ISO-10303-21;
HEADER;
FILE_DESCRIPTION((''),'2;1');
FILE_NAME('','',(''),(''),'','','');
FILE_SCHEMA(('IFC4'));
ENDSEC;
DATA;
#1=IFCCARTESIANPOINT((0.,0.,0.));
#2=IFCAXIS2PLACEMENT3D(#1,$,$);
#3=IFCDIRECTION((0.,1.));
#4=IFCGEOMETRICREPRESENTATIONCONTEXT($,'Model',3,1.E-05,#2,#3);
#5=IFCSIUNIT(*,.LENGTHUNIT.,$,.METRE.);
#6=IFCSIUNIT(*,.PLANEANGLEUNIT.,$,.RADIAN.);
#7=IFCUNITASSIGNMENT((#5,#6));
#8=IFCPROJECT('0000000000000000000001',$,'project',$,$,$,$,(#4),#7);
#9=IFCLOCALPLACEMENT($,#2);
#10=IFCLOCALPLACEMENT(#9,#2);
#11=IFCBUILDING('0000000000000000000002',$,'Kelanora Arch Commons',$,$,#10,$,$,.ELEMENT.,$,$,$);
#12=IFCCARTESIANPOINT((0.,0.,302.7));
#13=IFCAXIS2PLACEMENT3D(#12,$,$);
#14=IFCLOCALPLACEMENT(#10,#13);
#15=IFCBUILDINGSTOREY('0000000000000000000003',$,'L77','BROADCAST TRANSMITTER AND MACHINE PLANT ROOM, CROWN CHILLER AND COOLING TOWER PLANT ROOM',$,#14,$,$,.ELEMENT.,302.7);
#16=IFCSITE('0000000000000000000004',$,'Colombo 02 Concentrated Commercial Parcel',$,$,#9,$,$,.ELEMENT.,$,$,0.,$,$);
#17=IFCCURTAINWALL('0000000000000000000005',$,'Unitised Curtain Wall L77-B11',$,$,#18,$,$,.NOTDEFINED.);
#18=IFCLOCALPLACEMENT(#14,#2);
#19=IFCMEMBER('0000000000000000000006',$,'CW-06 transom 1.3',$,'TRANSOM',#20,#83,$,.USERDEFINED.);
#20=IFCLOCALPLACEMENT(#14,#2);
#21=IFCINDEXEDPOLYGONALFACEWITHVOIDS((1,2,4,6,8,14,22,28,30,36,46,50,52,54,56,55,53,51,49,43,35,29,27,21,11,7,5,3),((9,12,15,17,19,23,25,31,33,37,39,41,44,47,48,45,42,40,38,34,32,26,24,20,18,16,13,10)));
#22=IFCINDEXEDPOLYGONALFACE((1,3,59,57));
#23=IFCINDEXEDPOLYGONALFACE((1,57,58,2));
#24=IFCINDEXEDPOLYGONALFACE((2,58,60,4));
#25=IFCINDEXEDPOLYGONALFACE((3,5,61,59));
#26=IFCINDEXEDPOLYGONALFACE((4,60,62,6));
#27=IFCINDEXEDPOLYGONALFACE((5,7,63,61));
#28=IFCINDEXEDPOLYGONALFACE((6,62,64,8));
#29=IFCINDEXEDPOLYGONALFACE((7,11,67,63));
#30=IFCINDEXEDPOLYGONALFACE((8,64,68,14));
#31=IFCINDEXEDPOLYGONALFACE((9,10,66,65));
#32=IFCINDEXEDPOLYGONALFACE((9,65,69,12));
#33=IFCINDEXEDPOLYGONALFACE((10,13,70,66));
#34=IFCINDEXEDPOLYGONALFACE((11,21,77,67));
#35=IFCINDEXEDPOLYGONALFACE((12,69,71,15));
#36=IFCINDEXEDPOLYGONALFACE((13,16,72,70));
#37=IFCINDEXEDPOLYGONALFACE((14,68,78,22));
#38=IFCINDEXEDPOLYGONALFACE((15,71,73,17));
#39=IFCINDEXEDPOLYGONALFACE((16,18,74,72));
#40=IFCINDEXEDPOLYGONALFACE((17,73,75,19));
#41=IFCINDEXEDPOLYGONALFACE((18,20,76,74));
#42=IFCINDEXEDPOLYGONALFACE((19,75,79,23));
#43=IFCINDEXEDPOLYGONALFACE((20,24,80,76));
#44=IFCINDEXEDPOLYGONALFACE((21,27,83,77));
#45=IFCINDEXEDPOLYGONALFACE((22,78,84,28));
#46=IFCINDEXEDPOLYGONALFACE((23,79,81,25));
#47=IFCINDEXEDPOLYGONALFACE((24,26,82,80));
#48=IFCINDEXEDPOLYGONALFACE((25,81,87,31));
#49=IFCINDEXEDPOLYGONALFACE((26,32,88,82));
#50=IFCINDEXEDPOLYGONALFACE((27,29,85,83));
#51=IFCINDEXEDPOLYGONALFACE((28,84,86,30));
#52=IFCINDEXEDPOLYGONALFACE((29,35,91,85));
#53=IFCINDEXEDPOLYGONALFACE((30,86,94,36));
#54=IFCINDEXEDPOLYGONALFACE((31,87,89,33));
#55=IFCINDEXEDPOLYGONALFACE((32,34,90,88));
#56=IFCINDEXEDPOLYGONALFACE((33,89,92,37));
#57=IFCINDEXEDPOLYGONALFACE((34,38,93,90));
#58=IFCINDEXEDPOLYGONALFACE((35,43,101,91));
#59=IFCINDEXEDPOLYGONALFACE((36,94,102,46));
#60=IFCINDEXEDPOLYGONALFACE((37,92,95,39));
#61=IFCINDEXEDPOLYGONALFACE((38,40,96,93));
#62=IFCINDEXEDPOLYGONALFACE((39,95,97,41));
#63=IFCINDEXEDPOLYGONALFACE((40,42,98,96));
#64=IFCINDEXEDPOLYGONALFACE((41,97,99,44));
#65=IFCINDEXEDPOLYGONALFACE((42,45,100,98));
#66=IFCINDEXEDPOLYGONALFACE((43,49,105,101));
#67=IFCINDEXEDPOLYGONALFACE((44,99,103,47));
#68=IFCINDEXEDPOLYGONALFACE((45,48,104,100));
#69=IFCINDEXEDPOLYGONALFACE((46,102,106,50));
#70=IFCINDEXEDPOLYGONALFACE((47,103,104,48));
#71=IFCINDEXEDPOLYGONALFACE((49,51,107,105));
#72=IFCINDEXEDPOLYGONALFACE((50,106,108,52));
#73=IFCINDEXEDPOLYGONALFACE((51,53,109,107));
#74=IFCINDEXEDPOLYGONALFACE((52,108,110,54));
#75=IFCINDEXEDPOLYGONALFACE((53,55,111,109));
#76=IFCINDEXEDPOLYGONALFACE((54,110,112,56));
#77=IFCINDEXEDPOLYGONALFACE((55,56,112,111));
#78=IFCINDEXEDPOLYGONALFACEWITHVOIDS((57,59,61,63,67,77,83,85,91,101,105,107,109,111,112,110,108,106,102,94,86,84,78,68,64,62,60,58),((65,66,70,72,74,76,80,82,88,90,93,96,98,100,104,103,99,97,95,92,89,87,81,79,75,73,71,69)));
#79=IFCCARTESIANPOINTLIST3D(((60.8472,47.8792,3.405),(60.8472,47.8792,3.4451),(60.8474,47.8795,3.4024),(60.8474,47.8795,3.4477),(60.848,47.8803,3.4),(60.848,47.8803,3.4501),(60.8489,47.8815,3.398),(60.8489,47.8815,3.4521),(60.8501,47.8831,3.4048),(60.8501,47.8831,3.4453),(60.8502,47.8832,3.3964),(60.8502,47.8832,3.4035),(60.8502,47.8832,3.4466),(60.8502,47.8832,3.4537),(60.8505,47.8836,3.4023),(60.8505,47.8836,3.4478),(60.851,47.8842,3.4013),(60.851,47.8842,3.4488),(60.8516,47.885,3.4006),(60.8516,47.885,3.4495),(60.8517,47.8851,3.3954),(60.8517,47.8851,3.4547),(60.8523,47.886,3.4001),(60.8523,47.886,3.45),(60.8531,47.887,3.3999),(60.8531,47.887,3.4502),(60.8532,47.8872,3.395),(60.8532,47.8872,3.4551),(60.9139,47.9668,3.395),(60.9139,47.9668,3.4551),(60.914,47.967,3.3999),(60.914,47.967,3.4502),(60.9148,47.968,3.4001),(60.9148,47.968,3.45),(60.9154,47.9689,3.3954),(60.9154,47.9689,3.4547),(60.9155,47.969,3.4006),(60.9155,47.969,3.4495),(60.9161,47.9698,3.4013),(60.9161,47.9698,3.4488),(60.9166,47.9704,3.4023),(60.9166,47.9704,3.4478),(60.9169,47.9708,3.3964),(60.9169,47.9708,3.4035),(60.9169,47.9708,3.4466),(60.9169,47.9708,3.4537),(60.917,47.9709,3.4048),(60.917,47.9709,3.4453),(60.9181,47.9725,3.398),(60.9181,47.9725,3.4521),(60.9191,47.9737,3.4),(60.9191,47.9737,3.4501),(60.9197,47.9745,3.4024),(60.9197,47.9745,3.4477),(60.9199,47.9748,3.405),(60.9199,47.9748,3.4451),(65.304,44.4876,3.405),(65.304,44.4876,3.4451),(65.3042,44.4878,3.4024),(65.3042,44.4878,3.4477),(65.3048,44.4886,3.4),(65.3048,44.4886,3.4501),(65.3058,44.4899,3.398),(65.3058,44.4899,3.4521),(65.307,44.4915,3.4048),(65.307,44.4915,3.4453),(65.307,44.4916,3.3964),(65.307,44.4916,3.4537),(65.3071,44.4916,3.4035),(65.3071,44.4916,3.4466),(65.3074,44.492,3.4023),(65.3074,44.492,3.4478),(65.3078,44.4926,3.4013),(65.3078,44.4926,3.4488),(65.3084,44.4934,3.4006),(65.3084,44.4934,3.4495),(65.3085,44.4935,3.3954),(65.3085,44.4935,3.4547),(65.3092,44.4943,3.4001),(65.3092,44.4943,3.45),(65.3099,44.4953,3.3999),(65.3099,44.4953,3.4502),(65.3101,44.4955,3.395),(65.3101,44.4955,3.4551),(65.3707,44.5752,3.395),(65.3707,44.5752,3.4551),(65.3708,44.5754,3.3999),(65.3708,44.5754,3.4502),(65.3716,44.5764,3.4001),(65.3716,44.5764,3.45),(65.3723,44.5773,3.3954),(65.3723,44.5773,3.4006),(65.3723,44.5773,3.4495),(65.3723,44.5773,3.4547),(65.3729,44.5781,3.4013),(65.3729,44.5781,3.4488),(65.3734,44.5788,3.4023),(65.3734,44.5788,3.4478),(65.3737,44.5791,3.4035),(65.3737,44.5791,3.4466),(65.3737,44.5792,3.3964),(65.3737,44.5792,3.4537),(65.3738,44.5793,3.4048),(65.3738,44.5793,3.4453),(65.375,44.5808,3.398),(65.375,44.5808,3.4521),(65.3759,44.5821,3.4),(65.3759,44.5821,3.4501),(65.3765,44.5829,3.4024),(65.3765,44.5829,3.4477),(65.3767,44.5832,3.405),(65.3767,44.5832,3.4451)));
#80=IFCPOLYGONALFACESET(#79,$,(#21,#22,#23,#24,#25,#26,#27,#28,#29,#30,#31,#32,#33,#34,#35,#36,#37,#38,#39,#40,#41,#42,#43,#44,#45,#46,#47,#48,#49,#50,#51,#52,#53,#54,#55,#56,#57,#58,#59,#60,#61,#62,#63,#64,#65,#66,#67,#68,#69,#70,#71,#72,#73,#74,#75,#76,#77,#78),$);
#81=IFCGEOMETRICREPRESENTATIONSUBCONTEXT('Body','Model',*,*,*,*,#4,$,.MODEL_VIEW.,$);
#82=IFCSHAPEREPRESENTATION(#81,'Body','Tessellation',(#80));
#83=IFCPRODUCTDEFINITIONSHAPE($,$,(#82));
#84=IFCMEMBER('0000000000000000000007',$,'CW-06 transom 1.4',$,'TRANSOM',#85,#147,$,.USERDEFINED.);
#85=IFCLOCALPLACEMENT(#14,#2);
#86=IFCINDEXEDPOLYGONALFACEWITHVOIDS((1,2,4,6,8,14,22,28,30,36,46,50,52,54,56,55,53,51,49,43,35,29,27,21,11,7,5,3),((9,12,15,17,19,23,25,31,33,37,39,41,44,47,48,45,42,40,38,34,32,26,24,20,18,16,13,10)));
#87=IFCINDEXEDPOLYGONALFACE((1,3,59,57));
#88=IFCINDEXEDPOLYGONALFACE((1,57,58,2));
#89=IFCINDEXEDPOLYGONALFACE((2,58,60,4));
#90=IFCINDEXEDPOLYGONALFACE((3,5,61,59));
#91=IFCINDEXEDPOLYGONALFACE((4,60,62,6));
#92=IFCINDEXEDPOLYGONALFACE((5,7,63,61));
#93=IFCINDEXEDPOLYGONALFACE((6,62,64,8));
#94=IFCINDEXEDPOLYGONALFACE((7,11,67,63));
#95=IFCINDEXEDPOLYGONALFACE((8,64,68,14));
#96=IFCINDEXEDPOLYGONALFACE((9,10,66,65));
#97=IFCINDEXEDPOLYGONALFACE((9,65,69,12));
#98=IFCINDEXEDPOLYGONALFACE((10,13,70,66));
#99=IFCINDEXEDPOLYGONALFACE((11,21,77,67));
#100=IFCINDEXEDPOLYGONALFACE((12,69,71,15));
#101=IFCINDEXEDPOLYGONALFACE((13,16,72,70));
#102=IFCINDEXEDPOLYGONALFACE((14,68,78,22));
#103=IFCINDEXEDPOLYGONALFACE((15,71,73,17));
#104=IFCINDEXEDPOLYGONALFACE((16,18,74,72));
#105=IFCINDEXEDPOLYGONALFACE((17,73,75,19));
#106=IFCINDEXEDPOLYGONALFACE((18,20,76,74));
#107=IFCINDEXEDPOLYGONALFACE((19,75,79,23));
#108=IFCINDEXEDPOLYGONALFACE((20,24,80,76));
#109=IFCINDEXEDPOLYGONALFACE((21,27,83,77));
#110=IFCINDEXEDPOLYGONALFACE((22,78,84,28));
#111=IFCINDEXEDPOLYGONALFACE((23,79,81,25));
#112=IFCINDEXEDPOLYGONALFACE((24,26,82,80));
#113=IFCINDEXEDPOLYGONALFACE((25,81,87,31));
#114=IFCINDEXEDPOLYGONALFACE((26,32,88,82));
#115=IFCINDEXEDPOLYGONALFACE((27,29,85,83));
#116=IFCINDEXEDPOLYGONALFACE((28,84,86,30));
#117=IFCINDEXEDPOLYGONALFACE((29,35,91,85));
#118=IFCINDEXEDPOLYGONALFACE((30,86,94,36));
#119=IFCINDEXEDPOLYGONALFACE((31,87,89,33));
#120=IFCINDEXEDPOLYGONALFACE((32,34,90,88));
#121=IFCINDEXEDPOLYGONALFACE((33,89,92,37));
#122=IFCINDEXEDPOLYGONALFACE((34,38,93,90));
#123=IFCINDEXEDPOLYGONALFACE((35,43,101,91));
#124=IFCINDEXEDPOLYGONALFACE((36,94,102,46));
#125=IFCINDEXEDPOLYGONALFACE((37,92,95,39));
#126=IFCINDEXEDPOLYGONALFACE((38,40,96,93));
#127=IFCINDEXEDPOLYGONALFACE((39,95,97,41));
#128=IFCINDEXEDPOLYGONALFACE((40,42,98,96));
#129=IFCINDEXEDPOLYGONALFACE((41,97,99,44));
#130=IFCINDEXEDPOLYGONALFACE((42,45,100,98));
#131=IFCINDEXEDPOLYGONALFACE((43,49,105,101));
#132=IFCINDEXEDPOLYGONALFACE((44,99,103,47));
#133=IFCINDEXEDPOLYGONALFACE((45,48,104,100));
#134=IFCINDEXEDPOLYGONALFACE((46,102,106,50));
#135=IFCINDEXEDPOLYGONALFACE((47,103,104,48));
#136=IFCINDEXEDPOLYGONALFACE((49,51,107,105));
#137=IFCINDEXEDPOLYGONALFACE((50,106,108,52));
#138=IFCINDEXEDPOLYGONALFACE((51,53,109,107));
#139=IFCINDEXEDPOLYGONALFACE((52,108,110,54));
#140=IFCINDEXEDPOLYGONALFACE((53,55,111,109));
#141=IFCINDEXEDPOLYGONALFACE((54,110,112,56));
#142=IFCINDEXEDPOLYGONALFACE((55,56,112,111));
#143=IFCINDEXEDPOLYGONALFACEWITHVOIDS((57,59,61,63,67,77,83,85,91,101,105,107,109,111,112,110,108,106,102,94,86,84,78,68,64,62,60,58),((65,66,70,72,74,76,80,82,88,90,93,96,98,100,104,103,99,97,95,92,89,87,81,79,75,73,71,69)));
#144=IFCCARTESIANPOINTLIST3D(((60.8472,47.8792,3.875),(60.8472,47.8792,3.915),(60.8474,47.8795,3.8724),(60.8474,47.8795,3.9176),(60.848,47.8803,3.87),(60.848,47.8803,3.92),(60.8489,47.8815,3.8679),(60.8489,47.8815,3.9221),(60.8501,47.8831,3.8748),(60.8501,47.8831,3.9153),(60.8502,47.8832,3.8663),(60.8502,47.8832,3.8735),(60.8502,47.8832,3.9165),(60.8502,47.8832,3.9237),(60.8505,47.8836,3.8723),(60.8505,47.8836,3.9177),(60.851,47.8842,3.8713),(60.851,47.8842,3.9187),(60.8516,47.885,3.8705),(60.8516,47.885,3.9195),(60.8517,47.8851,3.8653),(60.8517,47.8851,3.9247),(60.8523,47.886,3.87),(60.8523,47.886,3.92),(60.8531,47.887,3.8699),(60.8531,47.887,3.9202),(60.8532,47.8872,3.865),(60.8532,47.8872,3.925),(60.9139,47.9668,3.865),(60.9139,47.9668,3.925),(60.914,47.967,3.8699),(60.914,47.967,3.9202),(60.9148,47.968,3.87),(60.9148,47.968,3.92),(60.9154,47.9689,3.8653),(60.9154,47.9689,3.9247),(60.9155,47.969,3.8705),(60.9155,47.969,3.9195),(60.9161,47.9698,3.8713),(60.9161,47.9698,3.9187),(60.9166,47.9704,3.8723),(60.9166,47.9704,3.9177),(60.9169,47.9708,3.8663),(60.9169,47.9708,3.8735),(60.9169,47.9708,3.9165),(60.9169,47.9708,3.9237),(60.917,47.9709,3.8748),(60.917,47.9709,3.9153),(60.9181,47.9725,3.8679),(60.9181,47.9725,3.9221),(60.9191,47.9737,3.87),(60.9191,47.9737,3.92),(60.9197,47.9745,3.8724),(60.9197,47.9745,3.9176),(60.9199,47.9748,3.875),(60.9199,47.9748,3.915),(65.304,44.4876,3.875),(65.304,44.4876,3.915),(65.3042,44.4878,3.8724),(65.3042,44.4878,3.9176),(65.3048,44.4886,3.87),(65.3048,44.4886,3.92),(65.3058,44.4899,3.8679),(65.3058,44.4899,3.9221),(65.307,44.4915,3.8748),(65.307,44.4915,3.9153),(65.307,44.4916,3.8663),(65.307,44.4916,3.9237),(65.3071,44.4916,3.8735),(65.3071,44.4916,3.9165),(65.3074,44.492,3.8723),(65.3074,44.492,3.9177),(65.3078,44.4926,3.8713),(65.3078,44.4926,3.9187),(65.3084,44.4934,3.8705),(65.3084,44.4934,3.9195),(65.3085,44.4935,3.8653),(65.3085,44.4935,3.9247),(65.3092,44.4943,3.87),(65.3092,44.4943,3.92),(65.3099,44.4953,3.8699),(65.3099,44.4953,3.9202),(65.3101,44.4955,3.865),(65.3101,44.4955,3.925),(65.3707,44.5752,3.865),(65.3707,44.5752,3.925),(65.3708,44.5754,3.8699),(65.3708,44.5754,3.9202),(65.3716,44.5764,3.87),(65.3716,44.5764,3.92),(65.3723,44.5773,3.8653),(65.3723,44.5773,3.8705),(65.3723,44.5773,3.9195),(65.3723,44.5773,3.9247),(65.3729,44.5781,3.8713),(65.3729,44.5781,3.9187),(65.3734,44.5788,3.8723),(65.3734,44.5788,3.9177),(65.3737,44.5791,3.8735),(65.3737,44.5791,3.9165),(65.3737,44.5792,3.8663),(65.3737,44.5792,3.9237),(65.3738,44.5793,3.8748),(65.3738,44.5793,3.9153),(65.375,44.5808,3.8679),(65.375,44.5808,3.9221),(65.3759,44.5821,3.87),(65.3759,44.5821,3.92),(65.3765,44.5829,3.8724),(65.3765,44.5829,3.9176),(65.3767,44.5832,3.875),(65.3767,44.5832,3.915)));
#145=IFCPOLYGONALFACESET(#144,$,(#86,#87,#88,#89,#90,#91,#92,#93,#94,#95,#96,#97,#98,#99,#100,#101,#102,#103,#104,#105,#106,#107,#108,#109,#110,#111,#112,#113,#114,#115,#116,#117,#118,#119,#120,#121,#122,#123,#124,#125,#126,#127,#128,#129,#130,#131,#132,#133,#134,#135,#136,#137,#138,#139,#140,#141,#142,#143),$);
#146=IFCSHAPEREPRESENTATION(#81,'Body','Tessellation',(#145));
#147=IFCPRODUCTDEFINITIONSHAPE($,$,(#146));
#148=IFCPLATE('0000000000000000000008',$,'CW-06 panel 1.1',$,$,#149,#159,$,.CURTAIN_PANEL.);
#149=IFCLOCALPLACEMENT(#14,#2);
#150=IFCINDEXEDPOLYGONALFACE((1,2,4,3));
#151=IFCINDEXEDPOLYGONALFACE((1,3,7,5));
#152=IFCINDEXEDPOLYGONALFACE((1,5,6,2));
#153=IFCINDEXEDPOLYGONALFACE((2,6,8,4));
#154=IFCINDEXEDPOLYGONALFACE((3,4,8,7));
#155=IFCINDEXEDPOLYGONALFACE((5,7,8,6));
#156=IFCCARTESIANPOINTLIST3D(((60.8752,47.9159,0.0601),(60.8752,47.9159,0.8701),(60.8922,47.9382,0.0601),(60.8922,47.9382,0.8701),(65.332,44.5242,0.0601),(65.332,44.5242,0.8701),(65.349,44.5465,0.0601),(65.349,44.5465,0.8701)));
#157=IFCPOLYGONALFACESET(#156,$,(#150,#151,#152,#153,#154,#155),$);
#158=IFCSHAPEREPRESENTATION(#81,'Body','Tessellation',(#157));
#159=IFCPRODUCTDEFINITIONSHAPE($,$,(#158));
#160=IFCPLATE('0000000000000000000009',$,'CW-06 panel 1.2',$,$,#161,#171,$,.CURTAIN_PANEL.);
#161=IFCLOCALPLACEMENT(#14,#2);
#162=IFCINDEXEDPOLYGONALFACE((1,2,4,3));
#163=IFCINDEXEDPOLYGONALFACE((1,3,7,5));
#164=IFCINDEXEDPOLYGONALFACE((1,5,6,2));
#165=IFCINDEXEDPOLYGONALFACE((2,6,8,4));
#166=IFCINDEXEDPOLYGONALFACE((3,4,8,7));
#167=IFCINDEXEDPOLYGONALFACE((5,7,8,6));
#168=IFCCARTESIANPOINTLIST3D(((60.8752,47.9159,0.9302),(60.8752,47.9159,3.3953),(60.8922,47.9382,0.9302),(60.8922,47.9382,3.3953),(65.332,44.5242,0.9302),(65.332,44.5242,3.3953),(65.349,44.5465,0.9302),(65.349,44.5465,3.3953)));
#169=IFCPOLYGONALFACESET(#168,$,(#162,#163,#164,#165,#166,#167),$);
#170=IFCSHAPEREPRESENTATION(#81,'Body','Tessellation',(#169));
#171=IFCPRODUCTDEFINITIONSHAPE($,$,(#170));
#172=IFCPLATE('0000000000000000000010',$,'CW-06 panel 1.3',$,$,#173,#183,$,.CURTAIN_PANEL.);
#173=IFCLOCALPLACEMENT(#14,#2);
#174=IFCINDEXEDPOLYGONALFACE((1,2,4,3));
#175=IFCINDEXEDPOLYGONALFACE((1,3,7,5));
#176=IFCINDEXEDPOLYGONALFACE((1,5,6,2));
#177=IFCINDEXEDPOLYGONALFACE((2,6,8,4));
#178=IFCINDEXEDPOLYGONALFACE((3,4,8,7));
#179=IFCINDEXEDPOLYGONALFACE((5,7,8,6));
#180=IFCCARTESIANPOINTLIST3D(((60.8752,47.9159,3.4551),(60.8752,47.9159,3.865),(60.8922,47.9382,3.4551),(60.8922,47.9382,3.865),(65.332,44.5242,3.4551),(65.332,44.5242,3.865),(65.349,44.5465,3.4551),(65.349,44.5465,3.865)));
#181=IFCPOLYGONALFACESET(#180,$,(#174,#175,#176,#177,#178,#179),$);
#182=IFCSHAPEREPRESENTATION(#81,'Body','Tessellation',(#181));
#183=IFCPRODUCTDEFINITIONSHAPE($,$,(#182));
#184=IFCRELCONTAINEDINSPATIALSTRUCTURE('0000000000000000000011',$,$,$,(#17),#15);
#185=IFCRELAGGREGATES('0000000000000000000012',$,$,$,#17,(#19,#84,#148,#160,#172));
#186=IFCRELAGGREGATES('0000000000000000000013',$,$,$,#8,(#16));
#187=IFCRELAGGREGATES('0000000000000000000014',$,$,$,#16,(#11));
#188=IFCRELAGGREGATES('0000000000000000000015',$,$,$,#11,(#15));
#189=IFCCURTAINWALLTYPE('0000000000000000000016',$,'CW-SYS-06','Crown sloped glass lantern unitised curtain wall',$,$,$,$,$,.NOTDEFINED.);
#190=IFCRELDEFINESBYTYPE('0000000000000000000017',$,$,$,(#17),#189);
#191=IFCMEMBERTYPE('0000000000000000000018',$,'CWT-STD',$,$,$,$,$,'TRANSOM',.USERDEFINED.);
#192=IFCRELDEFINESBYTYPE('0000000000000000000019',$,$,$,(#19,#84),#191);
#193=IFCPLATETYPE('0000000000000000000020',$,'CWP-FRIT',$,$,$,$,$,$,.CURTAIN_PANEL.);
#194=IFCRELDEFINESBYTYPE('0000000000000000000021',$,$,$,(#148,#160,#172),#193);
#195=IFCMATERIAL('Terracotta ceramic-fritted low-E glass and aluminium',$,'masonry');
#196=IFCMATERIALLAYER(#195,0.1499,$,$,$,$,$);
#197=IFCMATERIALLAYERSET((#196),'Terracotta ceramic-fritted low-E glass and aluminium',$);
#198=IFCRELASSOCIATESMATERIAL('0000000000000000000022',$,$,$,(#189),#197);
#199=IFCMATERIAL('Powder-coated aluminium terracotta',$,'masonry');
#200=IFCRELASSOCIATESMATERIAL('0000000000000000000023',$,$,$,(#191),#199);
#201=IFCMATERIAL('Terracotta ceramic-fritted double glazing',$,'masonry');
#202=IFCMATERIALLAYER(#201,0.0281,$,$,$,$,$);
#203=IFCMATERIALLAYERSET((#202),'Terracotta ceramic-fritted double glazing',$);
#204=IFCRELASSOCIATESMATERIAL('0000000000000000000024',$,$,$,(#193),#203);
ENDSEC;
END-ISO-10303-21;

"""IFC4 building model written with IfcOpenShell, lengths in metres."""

from ifc_helpers import new_model, si_unit, direction, frame, origin, origin_2d, place, context, subcontext, project, spatial, rectangle, hollow_rectangle, extrude, source, transform, mapped, material, layer, layer_set, material_profile, profile_set, type_object, element, aggregate, save


model = new_model("IFC4")

# Units and contexts
model_context = context("Model", 3, precision=1e-05, world=origin(), true_north=direction((0.0, 1.0)))
body_context = subcontext(model_context, "Body", "Model", "MODEL_VIEW")
ifc_project = project(units=[si_unit("LENGTHUNIT", "METRE"), si_unit("PLANEANGLEUNIT", "RADIAN")], contexts=[model_context])

# Site, building, storey
site_placement = place(None, origin())
site = spatial("IfcSite", under=ifc_project, at=site_placement, Name="Colombo 02 Concentrated Commercial Parcel", CompositionType="ELEMENT", RefElevation=0.0)
building_placement = place(site_placement, origin())
building = spatial("IfcBuilding", under=site, at=building_placement, Name="Kelanora Arch Commons", CompositionType="ELEMENT")
storey_placement = place(building_placement, frame((0.0, 0.0, 302.7)))
storey = spatial("IfcBuildingStorey", under=building, at=storey_placement, Name="L77", Description="BROADCAST TRANSMITTER AND MACHINE PLANT ROOM, CROWN CHILLER AND COOLING TOWER PLANT ROOM", CompositionType="ELEMENT", Elevation=302.7)

# Shared definitions
ifc_material_1 = material(Name="Terracotta ceramic-fritted low-E glass and aluminium", Category="masonry")
ifc_layer_1 = layer(ifc_material_1, 0.1499)
ifc_layer_set_1 = layer_set([ifc_layer_1], Name="Terracotta ceramic-fritted low-E glass and aluminium")
curtain_wall_type = type_object("IfcCurtainWallType", Name="CW-SYS-06", Description="Crown sloped glass lantern unitised curtain wall", PredefinedType="NOTDEFINED", material=ifc_layer_set_1)
ifc_material_2 = material(Name="Powder-coated aluminium terracotta", Category="masonry")

# Curtain wall
curtain_wall_1_placement = place(storey_placement, origin())
curtain_wall_1 = element("IfcCurtainWall", 1, at=curtain_wall_1_placement, inside=storey, type_object=curtain_wall_type, Name="Unitised Curtain Wall L77-B11", PredefinedType="NOTDEFINED")

# Members
ifc_material_profile_1 = material_profile(ifc_material_2, hollow_rectangle(XDim=0.1201, YDim=0.0601, WallThickness=0.0049, InnerFilletRadius=0.0049, OuterFilletRadius=0.01, at=origin_2d()), Name="CWT120x60")
ifc_profile_set_1 = profile_set([ifc_material_profile_1], Name="Powder-coated aluminium terracotta")
member_type_1 = type_object("IfcMemberType", Name="CWT-STD", ElementType="TRANSOM", PredefinedType="USERDEFINED", material=ifc_profile_set_1)
member_1_placement = place(storey_placement, frame((60.8835, 47.927, 3.425), z_axis=(0.79578, -0.605586, 0.0), x_axis=(0.605586, 0.79578, 0.0)))
member_1 = element("IfcMember", 2, at=member_1_placement, type_object=member_type_1, Name="CW-06 transom 1.3", ObjectType="TRANSOM", PredefinedType="USERDEFINED", context=body_context, shape_type="SweptSolid", body=[
    extrude(hollow_rectangle(XDim=0.1201, YDim=0.0601, WallThickness=0.0049, InnerFilletRadius=0.0049, OuterFilletRadius=0.01, at=origin_2d()), origin(), (0.0, 0.0, 1.0), 5.6006),
])
member_2_placement = place(storey_placement, frame((60.8835, 47.927, 3.895), z_axis=(0.79578, -0.605586, 0.0), x_axis=(0.605586, 0.79578, 0.0)))
member_2 = element("IfcMember", 3, at=member_2_placement, type_object=member_type_1, Name="CW-06 transom 1.4", ObjectType="TRANSOM", PredefinedType="USERDEFINED", context=body_context, shape_type="SweptSolid", body=[
    extrude(hollow_rectangle(XDim=0.1201, YDim=0.0601, WallThickness=0.0049, InnerFilletRadius=0.0049, OuterFilletRadius=0.01, at=origin_2d()), origin(), (0.0, 0.0, 1.0), 5.6006),
])

# Plates
ifc_material_3 = material(Name="Terracotta ceramic-fritted double glazing", Category="masonry")
ifc_layer_2 = layer(ifc_material_3, 0.0281)
ifc_layer_set_2 = layer_set([ifc_layer_2], Name="Terracotta ceramic-fritted double glazing")
plate_type = type_object("IfcPlateType", Name="CWP-FRIT", PredefinedType="CURTAIN_PANEL", material=ifc_layer_set_2)
shared_shape_1 = source(origin(), body_context, "Body", "SweptSolid", [
    extrude(rectangle(XDim=5.6006, YDim=0.0281, at=origin_2d()), origin(), (0.0, 0.0, 1.0), 0.8101),
])
plate_1_placement = place(storey_placement, frame((63.1121, 46.2312, 0.0601), z_axis=(0.0, 0.0, 1.0), x_axis=(0.795772, -0.605596, 0.0)))
plate_1 = element("IfcPlate", 4, at=plate_1_placement, type_object=plate_type, Name="CW-06 panel 1.1", PredefinedType="CURTAIN_PANEL", context=body_context, shape_type="MappedRepresentation", body=[
    mapped(shared_shape_1, transform((0.0, 0.0, 0.0), scale=1.0)),
])
shared_shape_2 = source(origin(), body_context, "Body", "SweptSolid", [
    extrude(rectangle(XDim=5.6006, YDim=0.0281, at=origin_2d()), origin(), (0.0, 0.0, 1.0), 2.4651),
])
plate_2_placement = place(storey_placement, frame((63.1121, 46.2312, 0.9302), z_axis=(0.0, 0.0, 1.0), x_axis=(0.795772, -0.605596, 0.0)))
plate_2 = element("IfcPlate", 5, at=plate_2_placement, type_object=plate_type, Name="CW-06 panel 1.2", PredefinedType="CURTAIN_PANEL", context=body_context, shape_type="MappedRepresentation", body=[
    mapped(shared_shape_2, transform((0.0, 0.0, 0.0), scale=1.0)),
])
shared_shape_3 = source(origin(), body_context, "Body", "SweptSolid", [
    extrude(rectangle(XDim=5.6006, YDim=0.0281, at=origin_2d()), origin(), (0.0, 0.0, 1.0), 0.4099),
])
plate_3_placement = place(storey_placement, frame((63.1121, 46.2312, 3.4551), z_axis=(0.0, 0.0, 1.0), x_axis=(0.795772, -0.605596, 0.0)))
plate_3 = element("IfcPlate", 6, at=plate_3_placement, type_object=plate_type, Name="CW-06 panel 1.3", PredefinedType="CURTAIN_PANEL", context=body_context, shape_type="MappedRepresentation", body=[
    mapped(shared_shape_3, transform((0.0, 0.0, 0.0), scale=1.0)),
])
aggregate(curtain_wall_1, [member_1, member_2, plate_1, plate_2, plate_3])

save(model, "model.ifc")
